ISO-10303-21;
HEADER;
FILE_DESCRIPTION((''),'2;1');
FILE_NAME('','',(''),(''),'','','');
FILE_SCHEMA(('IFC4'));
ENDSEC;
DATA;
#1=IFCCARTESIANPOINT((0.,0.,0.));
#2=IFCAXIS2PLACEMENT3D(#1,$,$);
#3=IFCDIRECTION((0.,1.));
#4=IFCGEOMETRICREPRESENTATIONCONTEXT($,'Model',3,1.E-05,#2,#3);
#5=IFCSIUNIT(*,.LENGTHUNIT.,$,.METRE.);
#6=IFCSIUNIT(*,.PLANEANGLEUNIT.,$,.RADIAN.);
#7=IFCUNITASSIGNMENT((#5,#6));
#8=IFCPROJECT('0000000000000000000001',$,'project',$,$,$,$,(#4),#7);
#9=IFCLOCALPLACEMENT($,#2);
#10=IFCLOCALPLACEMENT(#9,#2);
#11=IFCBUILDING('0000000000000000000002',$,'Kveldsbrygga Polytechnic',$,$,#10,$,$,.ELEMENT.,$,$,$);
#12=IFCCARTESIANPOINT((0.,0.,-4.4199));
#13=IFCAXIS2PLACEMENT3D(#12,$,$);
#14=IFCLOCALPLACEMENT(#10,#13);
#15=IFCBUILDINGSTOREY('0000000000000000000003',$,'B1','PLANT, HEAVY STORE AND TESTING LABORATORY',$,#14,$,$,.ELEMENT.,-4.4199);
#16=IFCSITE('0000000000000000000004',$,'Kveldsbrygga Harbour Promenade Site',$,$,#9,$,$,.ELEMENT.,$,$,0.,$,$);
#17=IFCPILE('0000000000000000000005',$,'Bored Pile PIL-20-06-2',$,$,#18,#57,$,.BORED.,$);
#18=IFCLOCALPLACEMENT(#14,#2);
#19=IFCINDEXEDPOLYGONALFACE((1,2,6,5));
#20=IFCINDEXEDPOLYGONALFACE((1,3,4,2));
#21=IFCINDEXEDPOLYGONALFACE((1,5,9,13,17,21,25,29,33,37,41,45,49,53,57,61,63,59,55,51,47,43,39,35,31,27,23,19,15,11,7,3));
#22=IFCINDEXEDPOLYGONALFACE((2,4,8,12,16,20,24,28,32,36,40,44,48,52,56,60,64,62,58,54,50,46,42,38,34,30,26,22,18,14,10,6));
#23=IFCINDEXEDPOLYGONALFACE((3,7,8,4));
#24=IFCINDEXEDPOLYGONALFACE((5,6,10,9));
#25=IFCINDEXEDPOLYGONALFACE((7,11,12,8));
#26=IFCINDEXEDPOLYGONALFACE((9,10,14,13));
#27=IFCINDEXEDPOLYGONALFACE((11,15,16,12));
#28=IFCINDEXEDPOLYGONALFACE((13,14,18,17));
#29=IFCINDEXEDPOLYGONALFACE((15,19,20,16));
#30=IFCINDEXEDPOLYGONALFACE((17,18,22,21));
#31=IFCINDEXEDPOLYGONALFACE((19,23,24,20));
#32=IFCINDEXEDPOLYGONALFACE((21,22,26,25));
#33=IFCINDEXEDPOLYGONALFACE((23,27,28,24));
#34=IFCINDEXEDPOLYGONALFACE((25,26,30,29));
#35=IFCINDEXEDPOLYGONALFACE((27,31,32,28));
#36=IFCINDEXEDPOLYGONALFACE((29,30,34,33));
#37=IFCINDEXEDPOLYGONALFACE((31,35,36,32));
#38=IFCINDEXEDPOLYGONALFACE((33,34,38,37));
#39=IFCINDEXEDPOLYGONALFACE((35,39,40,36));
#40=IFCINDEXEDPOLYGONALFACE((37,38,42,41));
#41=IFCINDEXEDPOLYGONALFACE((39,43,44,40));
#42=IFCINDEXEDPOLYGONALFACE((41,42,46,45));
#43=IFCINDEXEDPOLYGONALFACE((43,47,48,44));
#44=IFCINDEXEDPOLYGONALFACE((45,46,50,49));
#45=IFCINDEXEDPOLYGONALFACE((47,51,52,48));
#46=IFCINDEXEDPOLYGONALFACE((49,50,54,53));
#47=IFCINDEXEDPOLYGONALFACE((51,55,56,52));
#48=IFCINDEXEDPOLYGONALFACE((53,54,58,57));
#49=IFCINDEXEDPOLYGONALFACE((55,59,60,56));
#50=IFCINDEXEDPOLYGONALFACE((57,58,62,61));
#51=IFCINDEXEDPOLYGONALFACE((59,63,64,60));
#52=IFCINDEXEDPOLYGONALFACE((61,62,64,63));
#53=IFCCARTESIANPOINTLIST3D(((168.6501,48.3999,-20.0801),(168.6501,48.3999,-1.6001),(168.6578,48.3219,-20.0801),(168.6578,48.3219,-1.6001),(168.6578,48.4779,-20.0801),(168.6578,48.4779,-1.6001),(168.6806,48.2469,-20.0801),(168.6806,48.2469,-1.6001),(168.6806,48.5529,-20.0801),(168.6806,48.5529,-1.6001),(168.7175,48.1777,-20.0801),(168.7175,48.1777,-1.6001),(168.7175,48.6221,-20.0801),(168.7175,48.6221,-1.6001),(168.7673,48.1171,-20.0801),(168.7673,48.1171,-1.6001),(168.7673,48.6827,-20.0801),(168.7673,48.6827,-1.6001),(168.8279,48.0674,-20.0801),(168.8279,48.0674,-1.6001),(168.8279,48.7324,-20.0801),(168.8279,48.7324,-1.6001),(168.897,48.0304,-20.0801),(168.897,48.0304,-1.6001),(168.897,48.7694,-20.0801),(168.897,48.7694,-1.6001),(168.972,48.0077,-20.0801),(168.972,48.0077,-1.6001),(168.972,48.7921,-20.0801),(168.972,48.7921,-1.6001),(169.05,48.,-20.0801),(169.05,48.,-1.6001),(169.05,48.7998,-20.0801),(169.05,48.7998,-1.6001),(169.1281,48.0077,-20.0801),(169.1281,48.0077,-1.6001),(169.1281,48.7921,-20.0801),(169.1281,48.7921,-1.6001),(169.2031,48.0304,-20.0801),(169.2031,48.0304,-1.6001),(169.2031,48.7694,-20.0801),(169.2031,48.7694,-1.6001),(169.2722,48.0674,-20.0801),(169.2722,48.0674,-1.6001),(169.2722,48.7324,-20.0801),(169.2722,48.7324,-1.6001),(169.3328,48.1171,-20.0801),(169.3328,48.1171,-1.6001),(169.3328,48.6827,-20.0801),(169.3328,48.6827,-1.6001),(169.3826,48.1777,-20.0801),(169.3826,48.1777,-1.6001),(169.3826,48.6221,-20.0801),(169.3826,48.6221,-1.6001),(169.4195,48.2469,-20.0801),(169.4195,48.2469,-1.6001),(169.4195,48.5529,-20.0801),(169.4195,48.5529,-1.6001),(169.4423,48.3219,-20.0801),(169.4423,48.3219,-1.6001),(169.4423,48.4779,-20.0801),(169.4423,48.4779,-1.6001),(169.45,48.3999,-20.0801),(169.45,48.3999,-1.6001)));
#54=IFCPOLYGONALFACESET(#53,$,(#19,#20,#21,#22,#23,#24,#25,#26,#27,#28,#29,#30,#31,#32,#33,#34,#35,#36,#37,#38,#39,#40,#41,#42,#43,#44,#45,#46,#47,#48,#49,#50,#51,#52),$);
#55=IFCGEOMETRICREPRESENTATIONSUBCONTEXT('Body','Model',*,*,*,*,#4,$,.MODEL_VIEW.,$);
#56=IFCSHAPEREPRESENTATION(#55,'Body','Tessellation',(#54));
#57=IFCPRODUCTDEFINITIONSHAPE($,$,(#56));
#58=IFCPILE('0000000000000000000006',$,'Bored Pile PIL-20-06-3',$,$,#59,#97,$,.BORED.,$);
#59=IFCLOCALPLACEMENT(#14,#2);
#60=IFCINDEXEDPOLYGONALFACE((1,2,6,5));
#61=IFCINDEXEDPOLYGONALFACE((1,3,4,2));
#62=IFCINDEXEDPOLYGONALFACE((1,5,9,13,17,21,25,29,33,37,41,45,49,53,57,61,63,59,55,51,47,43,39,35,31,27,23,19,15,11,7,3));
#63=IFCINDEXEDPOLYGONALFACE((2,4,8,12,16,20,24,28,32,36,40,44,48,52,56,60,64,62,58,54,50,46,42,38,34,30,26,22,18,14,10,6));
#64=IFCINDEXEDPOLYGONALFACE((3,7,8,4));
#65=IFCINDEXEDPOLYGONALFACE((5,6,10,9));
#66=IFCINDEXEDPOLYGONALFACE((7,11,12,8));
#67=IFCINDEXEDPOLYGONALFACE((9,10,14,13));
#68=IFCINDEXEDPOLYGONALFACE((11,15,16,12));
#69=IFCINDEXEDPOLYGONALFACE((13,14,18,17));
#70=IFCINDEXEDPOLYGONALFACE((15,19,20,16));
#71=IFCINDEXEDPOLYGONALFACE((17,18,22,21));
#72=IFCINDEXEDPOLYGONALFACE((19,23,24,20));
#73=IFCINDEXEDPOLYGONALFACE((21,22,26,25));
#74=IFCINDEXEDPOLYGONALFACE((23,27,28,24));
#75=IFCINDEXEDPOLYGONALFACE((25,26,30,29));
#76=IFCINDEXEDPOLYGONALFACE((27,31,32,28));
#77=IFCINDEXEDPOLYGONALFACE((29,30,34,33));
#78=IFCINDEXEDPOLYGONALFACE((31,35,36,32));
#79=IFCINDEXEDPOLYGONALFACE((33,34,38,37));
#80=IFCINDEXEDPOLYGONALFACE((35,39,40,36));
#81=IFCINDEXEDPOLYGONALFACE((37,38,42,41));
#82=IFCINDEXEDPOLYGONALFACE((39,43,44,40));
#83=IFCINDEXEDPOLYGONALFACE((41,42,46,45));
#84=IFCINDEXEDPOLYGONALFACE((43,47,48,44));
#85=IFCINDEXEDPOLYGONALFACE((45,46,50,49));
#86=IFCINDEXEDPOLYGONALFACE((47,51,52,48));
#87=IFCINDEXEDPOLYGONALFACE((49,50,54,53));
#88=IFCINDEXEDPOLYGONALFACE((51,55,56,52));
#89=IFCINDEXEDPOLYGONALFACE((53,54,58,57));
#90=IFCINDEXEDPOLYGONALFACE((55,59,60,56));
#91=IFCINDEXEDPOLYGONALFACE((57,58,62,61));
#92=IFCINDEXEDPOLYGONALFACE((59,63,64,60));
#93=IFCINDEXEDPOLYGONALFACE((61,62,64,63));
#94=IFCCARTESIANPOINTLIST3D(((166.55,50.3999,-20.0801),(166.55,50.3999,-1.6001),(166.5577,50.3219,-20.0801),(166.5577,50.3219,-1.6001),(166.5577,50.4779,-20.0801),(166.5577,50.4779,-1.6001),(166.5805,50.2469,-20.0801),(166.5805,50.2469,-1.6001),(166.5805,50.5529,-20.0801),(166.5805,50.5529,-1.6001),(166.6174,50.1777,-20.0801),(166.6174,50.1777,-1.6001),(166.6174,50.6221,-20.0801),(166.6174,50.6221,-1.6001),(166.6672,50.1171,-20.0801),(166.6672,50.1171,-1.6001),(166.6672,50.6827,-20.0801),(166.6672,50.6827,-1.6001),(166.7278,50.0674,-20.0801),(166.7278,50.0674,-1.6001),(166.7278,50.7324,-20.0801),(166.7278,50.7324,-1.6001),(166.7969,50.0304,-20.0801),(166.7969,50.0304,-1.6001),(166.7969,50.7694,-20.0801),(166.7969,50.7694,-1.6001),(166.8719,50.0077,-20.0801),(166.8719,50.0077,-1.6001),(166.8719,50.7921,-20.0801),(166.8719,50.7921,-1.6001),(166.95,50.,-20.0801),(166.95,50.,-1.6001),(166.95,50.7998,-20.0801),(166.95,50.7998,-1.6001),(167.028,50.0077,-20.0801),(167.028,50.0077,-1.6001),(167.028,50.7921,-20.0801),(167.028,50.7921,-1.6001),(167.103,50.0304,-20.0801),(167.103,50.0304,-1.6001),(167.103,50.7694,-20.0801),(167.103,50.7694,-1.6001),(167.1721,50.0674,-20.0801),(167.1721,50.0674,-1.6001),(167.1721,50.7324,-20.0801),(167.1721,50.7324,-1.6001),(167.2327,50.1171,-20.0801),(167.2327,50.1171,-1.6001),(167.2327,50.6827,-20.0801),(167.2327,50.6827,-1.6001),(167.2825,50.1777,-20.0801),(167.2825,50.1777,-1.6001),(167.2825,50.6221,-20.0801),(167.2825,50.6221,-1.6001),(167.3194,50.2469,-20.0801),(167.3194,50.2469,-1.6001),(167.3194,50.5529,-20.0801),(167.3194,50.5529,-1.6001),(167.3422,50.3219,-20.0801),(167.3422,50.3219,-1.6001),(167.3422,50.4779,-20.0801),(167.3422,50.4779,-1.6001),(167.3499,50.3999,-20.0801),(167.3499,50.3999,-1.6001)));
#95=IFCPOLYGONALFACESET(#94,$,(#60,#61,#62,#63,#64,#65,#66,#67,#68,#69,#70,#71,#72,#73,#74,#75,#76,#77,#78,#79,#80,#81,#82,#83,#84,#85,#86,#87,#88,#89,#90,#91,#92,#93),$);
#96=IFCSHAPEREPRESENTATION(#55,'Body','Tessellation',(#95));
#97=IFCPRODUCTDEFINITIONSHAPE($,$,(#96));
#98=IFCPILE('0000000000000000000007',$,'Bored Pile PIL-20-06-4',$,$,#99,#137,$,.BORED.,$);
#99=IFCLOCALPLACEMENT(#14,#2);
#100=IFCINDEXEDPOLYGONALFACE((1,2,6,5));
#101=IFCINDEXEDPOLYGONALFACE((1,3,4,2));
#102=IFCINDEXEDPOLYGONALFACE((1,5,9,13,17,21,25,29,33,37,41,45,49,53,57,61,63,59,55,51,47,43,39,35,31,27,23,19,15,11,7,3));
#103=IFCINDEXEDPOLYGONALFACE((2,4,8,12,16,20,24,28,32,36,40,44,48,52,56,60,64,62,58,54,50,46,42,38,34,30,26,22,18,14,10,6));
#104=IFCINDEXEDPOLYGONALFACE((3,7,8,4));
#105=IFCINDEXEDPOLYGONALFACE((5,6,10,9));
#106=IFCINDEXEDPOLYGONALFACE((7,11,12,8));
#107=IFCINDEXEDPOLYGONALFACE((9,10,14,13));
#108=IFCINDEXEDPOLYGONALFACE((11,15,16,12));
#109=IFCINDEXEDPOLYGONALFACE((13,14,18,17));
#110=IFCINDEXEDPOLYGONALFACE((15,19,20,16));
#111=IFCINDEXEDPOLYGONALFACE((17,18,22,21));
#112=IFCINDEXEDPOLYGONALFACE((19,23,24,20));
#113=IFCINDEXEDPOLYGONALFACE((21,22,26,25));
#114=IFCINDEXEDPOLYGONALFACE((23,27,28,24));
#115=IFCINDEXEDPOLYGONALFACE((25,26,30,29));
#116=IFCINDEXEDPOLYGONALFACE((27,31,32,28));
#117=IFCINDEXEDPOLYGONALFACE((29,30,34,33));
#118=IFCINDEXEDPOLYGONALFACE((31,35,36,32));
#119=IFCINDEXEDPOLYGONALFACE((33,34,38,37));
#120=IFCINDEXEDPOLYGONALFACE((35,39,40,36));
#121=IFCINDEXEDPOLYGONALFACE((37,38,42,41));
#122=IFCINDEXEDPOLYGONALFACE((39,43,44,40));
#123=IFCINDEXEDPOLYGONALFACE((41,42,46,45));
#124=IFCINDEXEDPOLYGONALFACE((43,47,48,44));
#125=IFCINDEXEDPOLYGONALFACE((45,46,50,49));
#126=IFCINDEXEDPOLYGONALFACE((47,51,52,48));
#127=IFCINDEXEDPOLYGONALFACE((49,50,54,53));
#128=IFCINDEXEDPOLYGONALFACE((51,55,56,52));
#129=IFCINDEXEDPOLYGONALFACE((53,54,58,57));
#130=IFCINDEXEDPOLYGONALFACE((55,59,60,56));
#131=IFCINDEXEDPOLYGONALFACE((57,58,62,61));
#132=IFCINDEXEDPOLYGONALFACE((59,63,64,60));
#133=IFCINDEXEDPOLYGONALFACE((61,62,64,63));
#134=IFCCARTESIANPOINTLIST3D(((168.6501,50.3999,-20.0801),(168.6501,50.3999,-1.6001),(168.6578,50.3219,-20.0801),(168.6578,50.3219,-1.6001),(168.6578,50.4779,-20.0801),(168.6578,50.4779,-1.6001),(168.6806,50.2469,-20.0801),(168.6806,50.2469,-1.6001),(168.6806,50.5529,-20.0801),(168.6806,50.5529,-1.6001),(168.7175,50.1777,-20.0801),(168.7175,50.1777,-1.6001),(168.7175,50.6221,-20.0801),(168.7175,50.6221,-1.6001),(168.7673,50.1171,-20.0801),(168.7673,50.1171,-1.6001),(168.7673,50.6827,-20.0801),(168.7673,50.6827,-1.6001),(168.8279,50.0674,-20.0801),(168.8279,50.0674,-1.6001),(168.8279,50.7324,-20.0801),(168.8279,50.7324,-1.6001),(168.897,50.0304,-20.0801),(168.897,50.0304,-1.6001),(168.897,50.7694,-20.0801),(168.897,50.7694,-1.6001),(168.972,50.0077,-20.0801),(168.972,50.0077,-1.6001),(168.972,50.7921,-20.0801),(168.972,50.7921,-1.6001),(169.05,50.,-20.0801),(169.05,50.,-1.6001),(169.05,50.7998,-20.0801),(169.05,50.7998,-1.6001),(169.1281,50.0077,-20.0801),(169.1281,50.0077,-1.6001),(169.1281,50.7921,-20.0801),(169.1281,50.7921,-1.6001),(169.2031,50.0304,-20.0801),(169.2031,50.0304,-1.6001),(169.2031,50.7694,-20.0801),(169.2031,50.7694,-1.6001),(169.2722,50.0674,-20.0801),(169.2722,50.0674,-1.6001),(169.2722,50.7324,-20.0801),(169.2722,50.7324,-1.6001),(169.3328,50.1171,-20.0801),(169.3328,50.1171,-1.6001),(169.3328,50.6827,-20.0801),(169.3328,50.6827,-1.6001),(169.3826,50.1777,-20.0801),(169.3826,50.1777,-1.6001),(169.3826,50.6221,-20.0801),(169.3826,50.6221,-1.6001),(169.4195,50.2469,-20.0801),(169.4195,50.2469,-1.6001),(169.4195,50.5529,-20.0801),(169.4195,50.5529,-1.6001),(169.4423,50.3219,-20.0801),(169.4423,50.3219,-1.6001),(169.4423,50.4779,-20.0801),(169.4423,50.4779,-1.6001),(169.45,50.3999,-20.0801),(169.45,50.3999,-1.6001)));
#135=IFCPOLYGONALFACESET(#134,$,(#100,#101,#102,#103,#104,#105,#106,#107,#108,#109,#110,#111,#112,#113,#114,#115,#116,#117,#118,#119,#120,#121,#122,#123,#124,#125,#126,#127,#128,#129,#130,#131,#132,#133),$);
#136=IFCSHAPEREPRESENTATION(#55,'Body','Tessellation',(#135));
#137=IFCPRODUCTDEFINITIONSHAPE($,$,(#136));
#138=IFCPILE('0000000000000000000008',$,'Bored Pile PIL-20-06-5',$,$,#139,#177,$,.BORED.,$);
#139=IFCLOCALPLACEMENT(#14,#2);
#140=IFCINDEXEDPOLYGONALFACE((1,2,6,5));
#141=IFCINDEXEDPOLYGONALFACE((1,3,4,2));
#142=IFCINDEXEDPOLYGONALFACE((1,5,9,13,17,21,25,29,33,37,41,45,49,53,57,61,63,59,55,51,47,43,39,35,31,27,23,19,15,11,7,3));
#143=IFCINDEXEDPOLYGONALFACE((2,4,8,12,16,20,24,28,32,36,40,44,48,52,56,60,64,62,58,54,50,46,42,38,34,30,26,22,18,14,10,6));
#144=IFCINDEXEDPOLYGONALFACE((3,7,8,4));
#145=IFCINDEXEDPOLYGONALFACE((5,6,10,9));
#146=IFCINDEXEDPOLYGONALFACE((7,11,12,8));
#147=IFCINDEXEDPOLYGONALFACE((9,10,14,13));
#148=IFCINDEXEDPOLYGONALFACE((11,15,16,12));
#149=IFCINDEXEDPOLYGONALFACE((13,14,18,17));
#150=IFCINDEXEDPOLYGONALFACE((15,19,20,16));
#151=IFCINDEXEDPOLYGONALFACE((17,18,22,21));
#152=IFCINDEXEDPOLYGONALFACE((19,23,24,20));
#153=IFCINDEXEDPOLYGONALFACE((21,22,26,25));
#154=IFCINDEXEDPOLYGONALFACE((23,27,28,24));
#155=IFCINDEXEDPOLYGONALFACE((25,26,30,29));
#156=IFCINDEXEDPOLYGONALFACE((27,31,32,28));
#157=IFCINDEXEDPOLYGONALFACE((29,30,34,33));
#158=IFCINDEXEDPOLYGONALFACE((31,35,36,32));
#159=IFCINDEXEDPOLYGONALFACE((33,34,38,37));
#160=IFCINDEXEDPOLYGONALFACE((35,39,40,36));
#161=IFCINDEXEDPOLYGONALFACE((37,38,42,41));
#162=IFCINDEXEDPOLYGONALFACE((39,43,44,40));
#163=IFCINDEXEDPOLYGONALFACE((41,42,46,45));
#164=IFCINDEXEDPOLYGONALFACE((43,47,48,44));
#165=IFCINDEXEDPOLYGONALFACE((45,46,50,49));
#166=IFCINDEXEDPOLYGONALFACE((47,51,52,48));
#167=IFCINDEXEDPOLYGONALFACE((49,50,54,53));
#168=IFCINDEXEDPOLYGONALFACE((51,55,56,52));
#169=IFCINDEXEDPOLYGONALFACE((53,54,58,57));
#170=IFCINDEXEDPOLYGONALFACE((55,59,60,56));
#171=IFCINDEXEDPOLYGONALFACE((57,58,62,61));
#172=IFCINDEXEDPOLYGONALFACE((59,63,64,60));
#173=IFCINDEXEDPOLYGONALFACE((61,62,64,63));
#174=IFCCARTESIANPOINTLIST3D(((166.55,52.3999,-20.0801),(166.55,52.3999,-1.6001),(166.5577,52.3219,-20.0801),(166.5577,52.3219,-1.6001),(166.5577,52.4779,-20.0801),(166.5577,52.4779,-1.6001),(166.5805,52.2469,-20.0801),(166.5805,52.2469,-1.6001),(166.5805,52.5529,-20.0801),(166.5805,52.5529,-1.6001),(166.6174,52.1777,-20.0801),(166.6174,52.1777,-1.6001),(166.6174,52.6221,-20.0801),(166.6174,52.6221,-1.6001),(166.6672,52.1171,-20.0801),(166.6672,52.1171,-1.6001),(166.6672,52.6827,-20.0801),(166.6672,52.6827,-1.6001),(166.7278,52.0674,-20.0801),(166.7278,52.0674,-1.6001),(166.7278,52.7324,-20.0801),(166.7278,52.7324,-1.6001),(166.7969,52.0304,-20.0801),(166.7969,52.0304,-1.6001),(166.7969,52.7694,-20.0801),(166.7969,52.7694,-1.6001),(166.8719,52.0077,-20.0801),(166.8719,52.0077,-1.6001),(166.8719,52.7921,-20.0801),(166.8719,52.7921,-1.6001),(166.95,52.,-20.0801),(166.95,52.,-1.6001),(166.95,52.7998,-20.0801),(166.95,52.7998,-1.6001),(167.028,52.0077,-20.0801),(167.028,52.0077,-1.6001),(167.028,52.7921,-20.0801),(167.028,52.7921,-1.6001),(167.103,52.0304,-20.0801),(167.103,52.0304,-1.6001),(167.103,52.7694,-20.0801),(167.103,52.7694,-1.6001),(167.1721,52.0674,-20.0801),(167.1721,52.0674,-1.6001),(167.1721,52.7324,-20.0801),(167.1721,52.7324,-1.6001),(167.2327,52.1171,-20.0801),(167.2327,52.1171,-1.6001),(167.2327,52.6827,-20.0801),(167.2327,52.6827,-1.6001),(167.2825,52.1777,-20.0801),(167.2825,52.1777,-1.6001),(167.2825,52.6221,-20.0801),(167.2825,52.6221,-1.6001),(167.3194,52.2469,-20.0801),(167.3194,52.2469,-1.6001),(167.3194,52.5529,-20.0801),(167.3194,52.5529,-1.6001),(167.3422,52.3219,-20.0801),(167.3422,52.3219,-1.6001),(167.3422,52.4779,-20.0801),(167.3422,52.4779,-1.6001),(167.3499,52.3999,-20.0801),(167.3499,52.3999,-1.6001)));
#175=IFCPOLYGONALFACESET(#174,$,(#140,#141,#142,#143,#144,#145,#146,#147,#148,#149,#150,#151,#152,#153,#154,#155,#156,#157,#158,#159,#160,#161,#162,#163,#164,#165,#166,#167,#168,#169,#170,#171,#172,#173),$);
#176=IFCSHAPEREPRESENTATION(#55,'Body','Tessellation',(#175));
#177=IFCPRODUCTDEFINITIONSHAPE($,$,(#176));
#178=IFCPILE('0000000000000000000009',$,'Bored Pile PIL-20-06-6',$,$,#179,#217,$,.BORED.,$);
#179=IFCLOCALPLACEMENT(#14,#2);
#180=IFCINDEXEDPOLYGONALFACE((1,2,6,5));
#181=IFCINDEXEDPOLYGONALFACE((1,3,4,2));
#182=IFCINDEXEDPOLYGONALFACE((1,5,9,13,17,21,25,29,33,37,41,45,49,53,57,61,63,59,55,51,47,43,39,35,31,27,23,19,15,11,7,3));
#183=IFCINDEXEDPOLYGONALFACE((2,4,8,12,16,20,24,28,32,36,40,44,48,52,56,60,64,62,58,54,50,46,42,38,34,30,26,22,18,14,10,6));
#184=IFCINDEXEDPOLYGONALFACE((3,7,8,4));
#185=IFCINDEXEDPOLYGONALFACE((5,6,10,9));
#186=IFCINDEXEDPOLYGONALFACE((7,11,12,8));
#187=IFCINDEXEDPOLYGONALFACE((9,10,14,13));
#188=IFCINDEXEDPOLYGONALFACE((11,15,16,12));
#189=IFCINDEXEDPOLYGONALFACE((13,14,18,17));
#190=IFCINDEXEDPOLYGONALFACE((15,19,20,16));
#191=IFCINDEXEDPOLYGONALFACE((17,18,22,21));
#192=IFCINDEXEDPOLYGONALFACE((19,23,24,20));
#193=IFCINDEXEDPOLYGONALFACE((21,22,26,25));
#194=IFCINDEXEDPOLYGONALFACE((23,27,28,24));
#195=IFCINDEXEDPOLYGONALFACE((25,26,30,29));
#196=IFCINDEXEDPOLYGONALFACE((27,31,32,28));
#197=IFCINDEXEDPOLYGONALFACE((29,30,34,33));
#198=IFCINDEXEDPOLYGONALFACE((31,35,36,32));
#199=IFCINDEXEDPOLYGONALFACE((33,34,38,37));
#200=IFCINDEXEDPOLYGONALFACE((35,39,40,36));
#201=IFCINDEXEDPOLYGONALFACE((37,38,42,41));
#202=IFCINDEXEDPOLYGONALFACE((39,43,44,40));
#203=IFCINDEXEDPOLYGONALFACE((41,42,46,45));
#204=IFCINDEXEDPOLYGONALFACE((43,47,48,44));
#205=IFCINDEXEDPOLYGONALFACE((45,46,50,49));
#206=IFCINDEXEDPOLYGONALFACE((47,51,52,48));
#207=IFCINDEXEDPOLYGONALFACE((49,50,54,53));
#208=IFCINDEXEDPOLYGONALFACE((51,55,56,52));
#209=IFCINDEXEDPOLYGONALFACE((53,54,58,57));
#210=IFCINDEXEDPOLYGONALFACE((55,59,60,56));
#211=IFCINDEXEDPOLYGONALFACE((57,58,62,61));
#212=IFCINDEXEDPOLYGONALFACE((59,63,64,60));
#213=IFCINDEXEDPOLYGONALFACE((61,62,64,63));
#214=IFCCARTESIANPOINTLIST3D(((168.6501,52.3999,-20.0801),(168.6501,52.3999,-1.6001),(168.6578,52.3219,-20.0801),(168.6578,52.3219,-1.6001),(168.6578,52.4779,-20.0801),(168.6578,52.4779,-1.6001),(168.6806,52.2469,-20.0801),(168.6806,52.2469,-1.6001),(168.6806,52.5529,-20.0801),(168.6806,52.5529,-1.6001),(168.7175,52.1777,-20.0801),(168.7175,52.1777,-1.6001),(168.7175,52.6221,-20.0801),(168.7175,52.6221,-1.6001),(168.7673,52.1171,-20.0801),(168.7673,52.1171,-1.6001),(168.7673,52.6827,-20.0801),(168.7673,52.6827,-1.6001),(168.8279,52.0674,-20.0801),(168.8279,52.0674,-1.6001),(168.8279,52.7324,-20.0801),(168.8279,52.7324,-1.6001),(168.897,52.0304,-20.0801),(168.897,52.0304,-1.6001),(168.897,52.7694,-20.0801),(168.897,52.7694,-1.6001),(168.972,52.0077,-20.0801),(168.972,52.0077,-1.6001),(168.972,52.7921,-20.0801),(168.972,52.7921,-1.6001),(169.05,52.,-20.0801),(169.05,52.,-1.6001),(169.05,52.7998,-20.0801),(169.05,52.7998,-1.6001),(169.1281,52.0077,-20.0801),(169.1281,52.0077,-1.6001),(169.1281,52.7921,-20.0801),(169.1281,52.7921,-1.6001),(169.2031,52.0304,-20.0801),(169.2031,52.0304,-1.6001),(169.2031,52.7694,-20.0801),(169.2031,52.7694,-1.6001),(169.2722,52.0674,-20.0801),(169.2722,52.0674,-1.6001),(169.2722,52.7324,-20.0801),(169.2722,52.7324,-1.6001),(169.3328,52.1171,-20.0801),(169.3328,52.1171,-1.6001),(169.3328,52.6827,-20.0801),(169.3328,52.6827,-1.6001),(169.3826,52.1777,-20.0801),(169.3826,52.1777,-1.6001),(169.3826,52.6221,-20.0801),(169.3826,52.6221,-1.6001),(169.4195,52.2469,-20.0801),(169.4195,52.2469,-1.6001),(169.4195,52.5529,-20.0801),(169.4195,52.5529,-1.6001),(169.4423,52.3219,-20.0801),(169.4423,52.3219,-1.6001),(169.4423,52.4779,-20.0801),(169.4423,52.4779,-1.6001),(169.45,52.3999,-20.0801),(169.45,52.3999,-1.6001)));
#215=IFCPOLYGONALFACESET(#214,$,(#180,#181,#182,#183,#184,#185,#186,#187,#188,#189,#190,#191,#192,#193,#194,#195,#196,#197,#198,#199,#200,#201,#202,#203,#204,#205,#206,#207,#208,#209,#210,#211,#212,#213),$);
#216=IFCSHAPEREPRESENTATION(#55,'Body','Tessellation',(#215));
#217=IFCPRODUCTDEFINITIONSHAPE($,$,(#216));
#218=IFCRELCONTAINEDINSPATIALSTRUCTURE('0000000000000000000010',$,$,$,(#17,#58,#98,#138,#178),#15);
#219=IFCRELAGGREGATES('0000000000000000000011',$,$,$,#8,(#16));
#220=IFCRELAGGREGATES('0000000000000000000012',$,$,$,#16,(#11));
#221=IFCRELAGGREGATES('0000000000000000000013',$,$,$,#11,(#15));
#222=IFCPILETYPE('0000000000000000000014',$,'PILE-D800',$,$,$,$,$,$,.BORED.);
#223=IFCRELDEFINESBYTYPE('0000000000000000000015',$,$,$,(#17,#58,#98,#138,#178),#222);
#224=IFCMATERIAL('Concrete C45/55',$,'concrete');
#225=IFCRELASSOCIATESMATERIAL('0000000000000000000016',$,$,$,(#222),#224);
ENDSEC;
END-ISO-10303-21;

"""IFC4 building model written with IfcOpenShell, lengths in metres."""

from ifc_helpers import new_model, si_unit, direction, frame, origin, origin_2d, place, context, subcontext, project, spatial, circle, extrude, material, material_profile, profile_set, type_object, element, save


model = new_model("IFC4")

# Units and contexts
model_context = context("Model", 3, precision=1e-05, world=origin(), true_north=direction((0.0, 1.0)))
body_context = subcontext(model_context, "Body", "Model", "MODEL_VIEW")
ifc_project = project(units=[si_unit("LENGTHUNIT", "METRE"), si_unit("PLANEANGLEUNIT", "RADIAN")], contexts=[model_context])

# Site, building, storey
site_placement = place(None, origin())
site = spatial("IfcSite", under=ifc_project, at=site_placement, Name="Kveldsbrygga Harbour Promenade Site", CompositionType="ELEMENT", RefElevation=0.0)
building_placement = place(site_placement, origin())
building = spatial("IfcBuilding", under=site, at=building_placement, Name="Kveldsbrygga Polytechnic", CompositionType="ELEMENT")
storey_placement = place(building_placement, frame((0.0, 0.0, -4.4199)))
storey = spatial("IfcBuildingStorey", under=building, at=storey_placement, Name="B1", Description="PLANT, HEAVY STORE AND TESTING LABORATORY", CompositionType="ELEMENT", Elevation=-4.4199)

# Shared definitions
ifc_material_1 = material(Name="Concrete C45/55", Category="concrete")

# Piles
ifc_material_profile_1 = material_profile(ifc_material_1, circle(Radius=0.3999, at=origin_2d()), Name="PILE D800")
ifc_profile_set_1 = profile_set([ifc_material_profile_1], Name="Concrete C45/55")
pile_type = type_object("IfcPileType", Name="PILE-D800", PredefinedType="BORED", material=ifc_profile_set_1)
for number, where, z_axis, x_axis, name in (
    (1, (169.05, 48.3999, -1.6001), (0.0, 0.0, -1.0), (1.0, 0.0, 0.0), "Bored Pile PIL-20-06-2"),
    (2, (166.95, 50.3999, -1.6001), (0.0, 0.0, -1.0), (1.0, 0.0, 0.0), "Bored Pile PIL-20-06-3"),
    (3, (169.05, 50.3999, -1.6001), (0.0, 0.0, -1.0), (1.0, 0.0, 0.0), "Bored Pile PIL-20-06-4"),
    (4, (166.95, 52.3999, -1.6001), (0.0, 0.0, -1.0), (1.0, 0.0, 0.0), "Bored Pile PIL-20-06-5"),
    (5, (169.05, 52.3999, -1.6001), (0.0, 0.0, -1.0), (1.0, 0.0, 0.0), "Bored Pile PIL-20-06-6"),
):
    element("IfcPile", number, at=place(storey_placement, frame(where, z_axis=z_axis, x_axis=x_axis)), inside=storey, type_object=pile_type, Name=name, PredefinedType="BORED", context=body_context, shape_type="SweptSolid", body=[
        extrude(circle(Radius=0.3999, at=origin_2d()), origin(), (0.0, 0.0, 1.0), 18.48),
    ])

save(model, "model.ifc")
